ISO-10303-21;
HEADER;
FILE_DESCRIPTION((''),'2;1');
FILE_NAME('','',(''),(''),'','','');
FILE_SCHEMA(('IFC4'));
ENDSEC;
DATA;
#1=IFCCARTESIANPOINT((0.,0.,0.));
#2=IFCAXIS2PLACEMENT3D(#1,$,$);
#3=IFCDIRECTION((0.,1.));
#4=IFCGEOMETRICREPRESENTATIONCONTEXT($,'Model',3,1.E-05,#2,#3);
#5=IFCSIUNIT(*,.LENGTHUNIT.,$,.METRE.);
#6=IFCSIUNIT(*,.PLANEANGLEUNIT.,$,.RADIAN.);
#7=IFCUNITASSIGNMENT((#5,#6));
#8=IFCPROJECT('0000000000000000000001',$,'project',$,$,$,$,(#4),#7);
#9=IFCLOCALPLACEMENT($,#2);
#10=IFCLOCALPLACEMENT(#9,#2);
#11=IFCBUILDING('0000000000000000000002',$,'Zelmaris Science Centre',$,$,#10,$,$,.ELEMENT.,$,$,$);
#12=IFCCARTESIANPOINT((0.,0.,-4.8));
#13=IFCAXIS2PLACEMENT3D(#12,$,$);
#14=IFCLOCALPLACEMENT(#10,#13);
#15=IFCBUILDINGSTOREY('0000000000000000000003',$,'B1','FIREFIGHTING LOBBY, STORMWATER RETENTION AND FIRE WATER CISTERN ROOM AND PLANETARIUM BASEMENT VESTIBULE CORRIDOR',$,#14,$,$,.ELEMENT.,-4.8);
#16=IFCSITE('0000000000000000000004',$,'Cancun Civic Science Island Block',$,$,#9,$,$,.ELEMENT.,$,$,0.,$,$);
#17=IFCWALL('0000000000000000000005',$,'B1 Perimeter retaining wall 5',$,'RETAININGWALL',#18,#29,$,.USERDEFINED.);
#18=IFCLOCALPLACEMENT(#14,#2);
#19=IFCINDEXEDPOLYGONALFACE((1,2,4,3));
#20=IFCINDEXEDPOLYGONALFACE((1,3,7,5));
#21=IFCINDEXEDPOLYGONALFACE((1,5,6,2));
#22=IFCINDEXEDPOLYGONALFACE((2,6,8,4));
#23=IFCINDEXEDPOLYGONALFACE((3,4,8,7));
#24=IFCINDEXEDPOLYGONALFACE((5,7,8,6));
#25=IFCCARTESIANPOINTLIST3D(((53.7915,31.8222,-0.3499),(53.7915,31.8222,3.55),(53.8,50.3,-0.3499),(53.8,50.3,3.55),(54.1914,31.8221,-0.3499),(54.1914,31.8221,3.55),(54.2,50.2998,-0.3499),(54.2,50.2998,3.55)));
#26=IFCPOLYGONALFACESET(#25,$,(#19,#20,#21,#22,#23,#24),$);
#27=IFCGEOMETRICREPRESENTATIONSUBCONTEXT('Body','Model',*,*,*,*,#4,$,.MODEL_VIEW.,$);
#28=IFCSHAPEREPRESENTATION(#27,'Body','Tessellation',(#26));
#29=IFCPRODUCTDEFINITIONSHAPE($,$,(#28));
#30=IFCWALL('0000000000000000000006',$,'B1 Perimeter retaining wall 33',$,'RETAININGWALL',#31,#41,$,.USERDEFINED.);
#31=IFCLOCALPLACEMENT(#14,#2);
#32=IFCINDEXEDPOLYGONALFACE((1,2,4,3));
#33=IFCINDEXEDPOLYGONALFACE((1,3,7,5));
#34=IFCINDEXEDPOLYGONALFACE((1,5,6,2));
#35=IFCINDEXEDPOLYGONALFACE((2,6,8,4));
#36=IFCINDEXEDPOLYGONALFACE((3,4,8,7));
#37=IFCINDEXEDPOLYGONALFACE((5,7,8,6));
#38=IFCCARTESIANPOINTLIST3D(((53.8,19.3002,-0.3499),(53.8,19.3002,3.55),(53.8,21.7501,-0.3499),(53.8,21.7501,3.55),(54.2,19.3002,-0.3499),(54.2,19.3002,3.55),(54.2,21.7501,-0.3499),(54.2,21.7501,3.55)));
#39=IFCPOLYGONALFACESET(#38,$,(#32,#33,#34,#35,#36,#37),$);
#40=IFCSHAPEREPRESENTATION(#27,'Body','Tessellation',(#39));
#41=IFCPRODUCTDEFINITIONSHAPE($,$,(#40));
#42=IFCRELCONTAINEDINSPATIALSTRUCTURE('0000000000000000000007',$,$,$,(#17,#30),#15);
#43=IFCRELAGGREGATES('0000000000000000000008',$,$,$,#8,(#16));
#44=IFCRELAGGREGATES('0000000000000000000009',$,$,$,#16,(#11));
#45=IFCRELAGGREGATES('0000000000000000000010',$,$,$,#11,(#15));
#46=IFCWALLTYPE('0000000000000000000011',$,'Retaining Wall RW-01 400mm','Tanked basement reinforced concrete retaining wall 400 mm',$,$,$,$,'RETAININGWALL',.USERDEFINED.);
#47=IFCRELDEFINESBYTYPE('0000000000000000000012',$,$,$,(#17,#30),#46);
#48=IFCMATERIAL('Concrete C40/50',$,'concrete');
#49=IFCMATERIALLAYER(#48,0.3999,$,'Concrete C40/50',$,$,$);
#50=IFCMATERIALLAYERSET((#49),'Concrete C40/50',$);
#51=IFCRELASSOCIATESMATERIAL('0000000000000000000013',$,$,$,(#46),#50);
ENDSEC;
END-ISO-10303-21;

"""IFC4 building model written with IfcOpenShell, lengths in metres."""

from ifc_helpers import new_model, si_unit, direction, frame, frame_2d, origin, place, context, subcontext, project, spatial, rectangle, extrude, material, layer, layer_set, type_object, element, save


model = new_model("IFC4")

# Units and contexts
model_context = context("Model", 3, precision=1e-05, world=origin(), true_north=direction((0.0, 1.0)))
body_context = subcontext(model_context, "Body", "Model", "MODEL_VIEW")
ifc_project = project(units=[si_unit("LENGTHUNIT", "METRE"), si_unit("PLANEANGLEUNIT", "RADIAN")], contexts=[model_context])

# Site, building, storey
site_placement = place(None, origin())
site = spatial("IfcSite", under=ifc_project, at=site_placement, Name="Cancun Civic Science Island Block", CompositionType="ELEMENT", RefElevation=0.0)
building_placement = place(site_placement, origin())
building = spatial("IfcBuilding", under=site, at=building_placement, Name="Zelmaris Science Centre", CompositionType="ELEMENT")
storey_placement = place(building_placement, frame((0.0, 0.0, -4.8)))
storey = spatial("IfcBuildingStorey", under=building, at=storey_placement, Name="B1", Description="FIREFIGHTING LOBBY, STORMWATER RETENTION AND FIRE WATER CISTERN ROOM AND PLANETARIUM BASEMENT VESTIBULE CORRIDOR", CompositionType="ELEMENT", Elevation=-4.8)

# Shared definitions
ifc_material_1 = material(Name="Concrete C40/50", Category="concrete")

# Walls
ifc_layer = layer(ifc_material_1, 0.3999, Name="Concrete C40/50")
ifc_layer_set = layer_set([ifc_layer], Name="Concrete C40/50")
wall_type = type_object("IfcWallType", Name="Retaining Wall RW-01 400mm", Description="Tanked basement reinforced concrete retaining wall 400 mm", ElementType="RETAININGWALL", PredefinedType="USERDEFINED", material=ifc_layer_set)
wall_1_placement = place(storey_placement, frame((53.9915, 31.8223, -0.3499), z_axis=(0.0, 0.0, 1.0), x_axis=(0.000462, 1.0, 0.0)))
element("IfcWall", 1, at=wall_1_placement, inside=storey, type_object=wall_type, Name="B1 Perimeter retaining wall 5", ObjectType="RETAININGWALL", PredefinedType="USERDEFINED", context=body_context, shape_type="SweptSolid", body=[
    extrude(rectangle(XDim=18.4778, YDim=0.3999, at=frame_2d((9.2388, 0.0))), origin(), (0.0, 0.0, 1.0), 3.8999),
])
wall_2_placement = place(storey_placement, frame((54.0, 19.3, -0.3499), z_axis=(0.0, 0.0, 1.0), x_axis=(0.0, 1.0, 0.0)))
element("IfcWall", 2, at=wall_2_placement, inside=storey, type_object=wall_type, Name="B1 Perimeter retaining wall 33", ObjectType="RETAININGWALL", PredefinedType="USERDEFINED", context=body_context, shape_type="SweptSolid", body=[
    extrude(rectangle(XDim=2.45, YDim=0.3999, at=frame_2d((1.2251, 0.0))), origin(), (0.0, 0.0, 1.0), 3.8999),
])

save(model, "model.ifc")
